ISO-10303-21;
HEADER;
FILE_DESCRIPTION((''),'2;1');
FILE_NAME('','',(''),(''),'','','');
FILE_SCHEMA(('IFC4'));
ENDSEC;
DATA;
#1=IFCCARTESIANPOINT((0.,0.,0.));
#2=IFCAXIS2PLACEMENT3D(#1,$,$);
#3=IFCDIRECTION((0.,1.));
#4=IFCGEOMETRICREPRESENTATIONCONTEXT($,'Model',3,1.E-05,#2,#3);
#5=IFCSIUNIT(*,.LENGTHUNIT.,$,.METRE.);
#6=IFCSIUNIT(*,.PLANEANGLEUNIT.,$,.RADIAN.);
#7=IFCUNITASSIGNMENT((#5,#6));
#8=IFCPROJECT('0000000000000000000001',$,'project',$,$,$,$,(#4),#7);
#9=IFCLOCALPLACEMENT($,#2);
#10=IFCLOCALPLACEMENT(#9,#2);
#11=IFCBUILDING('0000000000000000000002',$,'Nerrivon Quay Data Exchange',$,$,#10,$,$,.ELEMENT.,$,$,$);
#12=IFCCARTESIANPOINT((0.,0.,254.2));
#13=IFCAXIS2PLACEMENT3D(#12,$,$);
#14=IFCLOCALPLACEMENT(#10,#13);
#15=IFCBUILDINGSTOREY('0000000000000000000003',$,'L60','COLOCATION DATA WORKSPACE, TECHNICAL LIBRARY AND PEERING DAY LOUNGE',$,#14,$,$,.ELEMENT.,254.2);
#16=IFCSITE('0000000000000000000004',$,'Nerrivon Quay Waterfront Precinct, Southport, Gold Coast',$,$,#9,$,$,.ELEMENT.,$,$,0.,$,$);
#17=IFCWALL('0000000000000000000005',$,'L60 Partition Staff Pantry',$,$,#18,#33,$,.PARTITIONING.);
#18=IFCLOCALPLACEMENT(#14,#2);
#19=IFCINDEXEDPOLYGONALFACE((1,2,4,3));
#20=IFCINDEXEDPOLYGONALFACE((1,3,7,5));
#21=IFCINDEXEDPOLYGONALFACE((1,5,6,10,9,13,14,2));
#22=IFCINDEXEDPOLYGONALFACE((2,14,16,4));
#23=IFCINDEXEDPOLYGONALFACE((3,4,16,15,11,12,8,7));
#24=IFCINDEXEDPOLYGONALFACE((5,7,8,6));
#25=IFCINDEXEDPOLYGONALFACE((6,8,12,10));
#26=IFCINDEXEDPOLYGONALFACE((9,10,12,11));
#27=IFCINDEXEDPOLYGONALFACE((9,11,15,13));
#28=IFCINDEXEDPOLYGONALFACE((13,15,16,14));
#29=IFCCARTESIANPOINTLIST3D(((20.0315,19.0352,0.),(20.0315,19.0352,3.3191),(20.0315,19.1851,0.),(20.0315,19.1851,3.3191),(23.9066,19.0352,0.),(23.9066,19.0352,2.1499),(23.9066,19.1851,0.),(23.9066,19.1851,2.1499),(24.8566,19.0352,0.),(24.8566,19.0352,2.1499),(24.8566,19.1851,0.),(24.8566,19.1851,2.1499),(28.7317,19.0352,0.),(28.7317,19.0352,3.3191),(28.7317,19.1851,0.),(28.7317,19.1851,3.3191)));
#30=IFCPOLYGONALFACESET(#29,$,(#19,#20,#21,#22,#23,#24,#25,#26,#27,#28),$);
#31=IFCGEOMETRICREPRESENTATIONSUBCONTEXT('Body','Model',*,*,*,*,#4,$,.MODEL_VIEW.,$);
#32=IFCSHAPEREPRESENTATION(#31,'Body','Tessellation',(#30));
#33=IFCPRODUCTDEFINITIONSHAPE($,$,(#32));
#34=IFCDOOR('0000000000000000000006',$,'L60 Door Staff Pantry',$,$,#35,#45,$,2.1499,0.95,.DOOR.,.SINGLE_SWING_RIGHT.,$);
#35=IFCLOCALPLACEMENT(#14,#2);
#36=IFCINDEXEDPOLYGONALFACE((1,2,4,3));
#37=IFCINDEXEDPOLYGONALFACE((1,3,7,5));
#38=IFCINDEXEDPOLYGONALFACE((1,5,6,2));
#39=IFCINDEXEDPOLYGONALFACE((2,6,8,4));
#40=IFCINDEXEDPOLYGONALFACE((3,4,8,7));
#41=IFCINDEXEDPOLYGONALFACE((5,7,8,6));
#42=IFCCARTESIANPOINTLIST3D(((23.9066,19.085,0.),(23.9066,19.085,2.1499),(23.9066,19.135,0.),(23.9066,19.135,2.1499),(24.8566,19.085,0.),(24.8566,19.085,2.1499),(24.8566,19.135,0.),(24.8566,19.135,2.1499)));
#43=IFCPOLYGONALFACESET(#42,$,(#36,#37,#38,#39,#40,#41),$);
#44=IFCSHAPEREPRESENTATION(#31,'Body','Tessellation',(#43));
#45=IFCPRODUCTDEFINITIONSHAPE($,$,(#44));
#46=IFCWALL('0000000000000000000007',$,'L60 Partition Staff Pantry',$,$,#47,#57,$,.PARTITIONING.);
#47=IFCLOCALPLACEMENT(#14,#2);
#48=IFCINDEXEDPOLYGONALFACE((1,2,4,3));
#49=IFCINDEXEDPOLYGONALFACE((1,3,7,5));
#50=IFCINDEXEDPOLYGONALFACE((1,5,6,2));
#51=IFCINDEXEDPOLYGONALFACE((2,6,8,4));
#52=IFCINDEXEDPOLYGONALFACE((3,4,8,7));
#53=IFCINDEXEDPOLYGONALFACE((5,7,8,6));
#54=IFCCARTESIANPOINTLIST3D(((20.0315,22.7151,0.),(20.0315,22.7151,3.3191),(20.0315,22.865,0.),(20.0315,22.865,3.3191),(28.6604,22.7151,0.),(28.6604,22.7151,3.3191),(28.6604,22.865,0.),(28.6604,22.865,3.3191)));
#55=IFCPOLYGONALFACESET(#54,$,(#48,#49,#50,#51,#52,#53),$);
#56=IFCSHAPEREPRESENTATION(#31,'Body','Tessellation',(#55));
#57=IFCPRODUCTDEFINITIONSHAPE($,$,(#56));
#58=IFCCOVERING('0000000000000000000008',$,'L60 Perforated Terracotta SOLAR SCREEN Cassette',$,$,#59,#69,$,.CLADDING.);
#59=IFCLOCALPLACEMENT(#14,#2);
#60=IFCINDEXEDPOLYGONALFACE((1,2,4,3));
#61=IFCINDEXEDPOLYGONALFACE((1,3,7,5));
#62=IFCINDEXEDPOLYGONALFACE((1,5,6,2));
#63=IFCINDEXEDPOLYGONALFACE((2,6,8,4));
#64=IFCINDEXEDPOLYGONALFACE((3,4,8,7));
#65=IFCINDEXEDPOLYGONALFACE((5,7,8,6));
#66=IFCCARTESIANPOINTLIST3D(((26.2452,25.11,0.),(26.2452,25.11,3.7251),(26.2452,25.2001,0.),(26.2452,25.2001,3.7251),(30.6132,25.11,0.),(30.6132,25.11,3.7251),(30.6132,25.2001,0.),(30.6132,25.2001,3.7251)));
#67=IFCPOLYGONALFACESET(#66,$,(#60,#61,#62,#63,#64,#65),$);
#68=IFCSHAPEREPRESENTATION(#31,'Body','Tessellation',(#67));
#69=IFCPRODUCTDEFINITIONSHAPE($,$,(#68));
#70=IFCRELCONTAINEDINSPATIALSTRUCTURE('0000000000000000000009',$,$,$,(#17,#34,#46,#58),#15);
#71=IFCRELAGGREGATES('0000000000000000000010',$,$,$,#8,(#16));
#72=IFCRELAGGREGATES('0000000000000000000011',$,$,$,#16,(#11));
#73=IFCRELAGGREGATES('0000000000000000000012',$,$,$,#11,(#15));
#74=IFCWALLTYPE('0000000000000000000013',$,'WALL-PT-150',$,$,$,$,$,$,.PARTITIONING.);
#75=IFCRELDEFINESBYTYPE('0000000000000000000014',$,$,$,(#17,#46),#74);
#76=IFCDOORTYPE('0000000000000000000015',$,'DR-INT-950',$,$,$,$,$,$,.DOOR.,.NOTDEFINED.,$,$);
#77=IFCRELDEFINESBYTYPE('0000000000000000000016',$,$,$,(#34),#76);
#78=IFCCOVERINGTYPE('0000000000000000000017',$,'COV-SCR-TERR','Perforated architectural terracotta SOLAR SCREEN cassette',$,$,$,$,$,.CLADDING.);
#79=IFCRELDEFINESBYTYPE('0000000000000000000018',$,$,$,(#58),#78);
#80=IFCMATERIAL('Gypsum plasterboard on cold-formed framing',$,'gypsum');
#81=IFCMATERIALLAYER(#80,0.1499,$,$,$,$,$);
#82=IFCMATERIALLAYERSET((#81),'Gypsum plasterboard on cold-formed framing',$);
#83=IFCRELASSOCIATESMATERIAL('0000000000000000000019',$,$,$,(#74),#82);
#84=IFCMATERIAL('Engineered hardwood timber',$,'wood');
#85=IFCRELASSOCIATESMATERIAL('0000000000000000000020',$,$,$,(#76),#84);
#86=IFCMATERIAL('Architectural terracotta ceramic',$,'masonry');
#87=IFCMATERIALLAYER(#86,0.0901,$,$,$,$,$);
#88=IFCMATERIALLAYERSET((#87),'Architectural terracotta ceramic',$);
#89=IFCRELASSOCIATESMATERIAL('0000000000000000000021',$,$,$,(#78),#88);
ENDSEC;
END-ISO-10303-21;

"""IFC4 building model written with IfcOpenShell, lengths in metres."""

from ifc_helpers import new_model, si_unit, direction, frame, frame_2d, origin, origin_2d, place, context, subcontext, project, spatial, rectangle, extrude, material, layer, layer_set, type_object, element, fill, save


model = new_model("IFC4")

# Units and contexts
model_context = context("Model", 3, precision=1e-05, world=origin(), true_north=direction((0.0, 1.0)))
body_context = subcontext(model_context, "Body", "Model", "MODEL_VIEW")
ifc_project = project(units=[si_unit("LENGTHUNIT", "METRE"), si_unit("PLANEANGLEUNIT", "RADIAN")], contexts=[model_context])

# Site, building, storey
site_placement = place(None, origin())
site = spatial("IfcSite", under=ifc_project, at=site_placement, Name="Nerrivon Quay Waterfront Precinct, Southport, Gold Coast", CompositionType="ELEMENT", RefElevation=0.0)
building_placement = place(site_placement, origin())
building = spatial("IfcBuilding", under=site, at=building_placement, Name="Nerrivon Quay Data Exchange", CompositionType="ELEMENT")
storey_placement = place(building_placement, frame((0.0, 0.0, 254.2)))
storey = spatial("IfcBuildingStorey", under=building, at=storey_placement, Name="L60", Description="COLOCATION DATA WORKSPACE, TECHNICAL LIBRARY AND PEERING DAY LOUNGE", CompositionType="ELEMENT", Elevation=254.2)

# Shared definitions
ifc_material_1 = material(Name="Gypsum plasterboard on cold-formed framing", Category="gypsum")

# Wall, opening, door
ifc_layer_1 = layer(ifc_material_1, 0.1499)
ifc_layer_set_1 = layer_set([ifc_layer_1], Name="Gypsum plasterboard on cold-formed framing")
wall_type_1 = type_object("IfcWallType", Name="WALL-PT-150", PredefinedType="PARTITIONING", material=ifc_layer_set_1)
wall_1_placement = place(storey_placement, frame((20.0315, 19.1101, 0.0), z_axis=(0.0, 0.0, 1.0), x_axis=(1.0, 0.0, 0.0)))
wall_1 = element("IfcWall", 1, at=wall_1_placement, inside=storey, type_object=wall_type_1, Name="L60 Partition Staff Pantry", PredefinedType="PARTITIONING", context=body_context, shape_type="SweptSolid", body=[
    extrude(rectangle(XDim=8.7002, YDim=0.1499, at=frame_2d((4.3501, 0.0))), origin(), (0.0, 0.0, 1.0), 3.3191),
])
opening_placement = place(wall_1_placement, frame((3.875, 0.0, 0.0)))
opening = element("IfcOpeningElement", 2, at=opening_placement, cuts=wall_1, PredefinedType="OPENING", context=body_context, shape_type="SweptSolid", body=[
    extrude(rectangle(XDim=0.95, YDim=2.1499, at=frame_2d((0.4751, 1.075))), frame((0.0, 0.085, 0.0), z_axis=(0.0, -1.0, 0.0), x_axis=(1.0, 0.0, 0.0)), (0.0, 0.0, 1.0), 0.1699),
])
ifc_material_2 = material(Name="Engineered hardwood timber", Category="wood")
door_type = type_object("IfcDoorType", Name="DR-INT-950", OperationType="NOTDEFINED", PredefinedType="DOOR", material=ifc_material_2)
door_placement = place(opening_placement, origin())
door = element("IfcDoor", 3, at=door_placement, inside=storey, type_object=door_type, Name="L60 Door Staff Pantry", OperationType="SINGLE_SWING_RIGHT", OverallHeight=2.1499, OverallWidth=0.95, PredefinedType="DOOR", context=body_context, shape_type="SweptSolid", body=[
    extrude(rectangle(XDim=0.95, YDim=2.1499, at=frame_2d((0.4751, 1.075))), frame((0.0, 0.0249, 0.0), z_axis=(0.0, -1.0, 0.0), x_axis=(1.0, 0.0, 0.0)), (0.0, 0.0, 1.0), 0.05),
])
fill(opening, door)

# Wall
wall_2_placement = place(storey_placement, frame((28.6604, 22.79, 0.0), z_axis=(0.0, 0.0, 1.0), x_axis=(-1.0, 0.0, 0.0)))
element("IfcWall", 4, at=wall_2_placement, inside=storey, type_object=wall_type_1, Name="L60 Partition Staff Pantry", PredefinedType="PARTITIONING", context=body_context, shape_type="SweptSolid", body=[
    extrude(rectangle(XDim=8.6289, YDim=0.1499, at=frame_2d((4.3145, 0.0))), origin(), (0.0, 0.0, 1.0), 3.3191),
])

# Covering
ifc_material_3 = material(Name="Architectural terracotta ceramic", Category="masonry")
ifc_layer_2 = layer(ifc_material_3, 0.0901)
ifc_layer_set_2 = layer_set([ifc_layer_2], Name="Architectural terracotta ceramic")
covering_type = type_object("IfcCoveringType", Name="COV-SCR-TERR", Description="Perforated architectural terracotta SOLAR SCREEN cassette", PredefinedType="CLADDING", material=ifc_layer_set_2)
covering_placement = place(storey_placement, frame((28.4292, 25.155, 0.0), z_axis=(0.0, 0.0, 1.0), x_axis=(1.0, 0.0, 0.0)))
element("IfcCovering", 5, at=covering_placement, inside=storey, type_object=covering_type, Name="L60 Perforated Terracotta SOLAR SCREEN Cassette", PredefinedType="CLADDING", context=body_context, shape_type="SweptSolid", body=[
    extrude(rectangle(XDim=4.3679, YDim=0.0901, at=origin_2d()), origin(), (0.0, 0.0, 1.0), 3.7251),
])

save(model, "model.ifc")
